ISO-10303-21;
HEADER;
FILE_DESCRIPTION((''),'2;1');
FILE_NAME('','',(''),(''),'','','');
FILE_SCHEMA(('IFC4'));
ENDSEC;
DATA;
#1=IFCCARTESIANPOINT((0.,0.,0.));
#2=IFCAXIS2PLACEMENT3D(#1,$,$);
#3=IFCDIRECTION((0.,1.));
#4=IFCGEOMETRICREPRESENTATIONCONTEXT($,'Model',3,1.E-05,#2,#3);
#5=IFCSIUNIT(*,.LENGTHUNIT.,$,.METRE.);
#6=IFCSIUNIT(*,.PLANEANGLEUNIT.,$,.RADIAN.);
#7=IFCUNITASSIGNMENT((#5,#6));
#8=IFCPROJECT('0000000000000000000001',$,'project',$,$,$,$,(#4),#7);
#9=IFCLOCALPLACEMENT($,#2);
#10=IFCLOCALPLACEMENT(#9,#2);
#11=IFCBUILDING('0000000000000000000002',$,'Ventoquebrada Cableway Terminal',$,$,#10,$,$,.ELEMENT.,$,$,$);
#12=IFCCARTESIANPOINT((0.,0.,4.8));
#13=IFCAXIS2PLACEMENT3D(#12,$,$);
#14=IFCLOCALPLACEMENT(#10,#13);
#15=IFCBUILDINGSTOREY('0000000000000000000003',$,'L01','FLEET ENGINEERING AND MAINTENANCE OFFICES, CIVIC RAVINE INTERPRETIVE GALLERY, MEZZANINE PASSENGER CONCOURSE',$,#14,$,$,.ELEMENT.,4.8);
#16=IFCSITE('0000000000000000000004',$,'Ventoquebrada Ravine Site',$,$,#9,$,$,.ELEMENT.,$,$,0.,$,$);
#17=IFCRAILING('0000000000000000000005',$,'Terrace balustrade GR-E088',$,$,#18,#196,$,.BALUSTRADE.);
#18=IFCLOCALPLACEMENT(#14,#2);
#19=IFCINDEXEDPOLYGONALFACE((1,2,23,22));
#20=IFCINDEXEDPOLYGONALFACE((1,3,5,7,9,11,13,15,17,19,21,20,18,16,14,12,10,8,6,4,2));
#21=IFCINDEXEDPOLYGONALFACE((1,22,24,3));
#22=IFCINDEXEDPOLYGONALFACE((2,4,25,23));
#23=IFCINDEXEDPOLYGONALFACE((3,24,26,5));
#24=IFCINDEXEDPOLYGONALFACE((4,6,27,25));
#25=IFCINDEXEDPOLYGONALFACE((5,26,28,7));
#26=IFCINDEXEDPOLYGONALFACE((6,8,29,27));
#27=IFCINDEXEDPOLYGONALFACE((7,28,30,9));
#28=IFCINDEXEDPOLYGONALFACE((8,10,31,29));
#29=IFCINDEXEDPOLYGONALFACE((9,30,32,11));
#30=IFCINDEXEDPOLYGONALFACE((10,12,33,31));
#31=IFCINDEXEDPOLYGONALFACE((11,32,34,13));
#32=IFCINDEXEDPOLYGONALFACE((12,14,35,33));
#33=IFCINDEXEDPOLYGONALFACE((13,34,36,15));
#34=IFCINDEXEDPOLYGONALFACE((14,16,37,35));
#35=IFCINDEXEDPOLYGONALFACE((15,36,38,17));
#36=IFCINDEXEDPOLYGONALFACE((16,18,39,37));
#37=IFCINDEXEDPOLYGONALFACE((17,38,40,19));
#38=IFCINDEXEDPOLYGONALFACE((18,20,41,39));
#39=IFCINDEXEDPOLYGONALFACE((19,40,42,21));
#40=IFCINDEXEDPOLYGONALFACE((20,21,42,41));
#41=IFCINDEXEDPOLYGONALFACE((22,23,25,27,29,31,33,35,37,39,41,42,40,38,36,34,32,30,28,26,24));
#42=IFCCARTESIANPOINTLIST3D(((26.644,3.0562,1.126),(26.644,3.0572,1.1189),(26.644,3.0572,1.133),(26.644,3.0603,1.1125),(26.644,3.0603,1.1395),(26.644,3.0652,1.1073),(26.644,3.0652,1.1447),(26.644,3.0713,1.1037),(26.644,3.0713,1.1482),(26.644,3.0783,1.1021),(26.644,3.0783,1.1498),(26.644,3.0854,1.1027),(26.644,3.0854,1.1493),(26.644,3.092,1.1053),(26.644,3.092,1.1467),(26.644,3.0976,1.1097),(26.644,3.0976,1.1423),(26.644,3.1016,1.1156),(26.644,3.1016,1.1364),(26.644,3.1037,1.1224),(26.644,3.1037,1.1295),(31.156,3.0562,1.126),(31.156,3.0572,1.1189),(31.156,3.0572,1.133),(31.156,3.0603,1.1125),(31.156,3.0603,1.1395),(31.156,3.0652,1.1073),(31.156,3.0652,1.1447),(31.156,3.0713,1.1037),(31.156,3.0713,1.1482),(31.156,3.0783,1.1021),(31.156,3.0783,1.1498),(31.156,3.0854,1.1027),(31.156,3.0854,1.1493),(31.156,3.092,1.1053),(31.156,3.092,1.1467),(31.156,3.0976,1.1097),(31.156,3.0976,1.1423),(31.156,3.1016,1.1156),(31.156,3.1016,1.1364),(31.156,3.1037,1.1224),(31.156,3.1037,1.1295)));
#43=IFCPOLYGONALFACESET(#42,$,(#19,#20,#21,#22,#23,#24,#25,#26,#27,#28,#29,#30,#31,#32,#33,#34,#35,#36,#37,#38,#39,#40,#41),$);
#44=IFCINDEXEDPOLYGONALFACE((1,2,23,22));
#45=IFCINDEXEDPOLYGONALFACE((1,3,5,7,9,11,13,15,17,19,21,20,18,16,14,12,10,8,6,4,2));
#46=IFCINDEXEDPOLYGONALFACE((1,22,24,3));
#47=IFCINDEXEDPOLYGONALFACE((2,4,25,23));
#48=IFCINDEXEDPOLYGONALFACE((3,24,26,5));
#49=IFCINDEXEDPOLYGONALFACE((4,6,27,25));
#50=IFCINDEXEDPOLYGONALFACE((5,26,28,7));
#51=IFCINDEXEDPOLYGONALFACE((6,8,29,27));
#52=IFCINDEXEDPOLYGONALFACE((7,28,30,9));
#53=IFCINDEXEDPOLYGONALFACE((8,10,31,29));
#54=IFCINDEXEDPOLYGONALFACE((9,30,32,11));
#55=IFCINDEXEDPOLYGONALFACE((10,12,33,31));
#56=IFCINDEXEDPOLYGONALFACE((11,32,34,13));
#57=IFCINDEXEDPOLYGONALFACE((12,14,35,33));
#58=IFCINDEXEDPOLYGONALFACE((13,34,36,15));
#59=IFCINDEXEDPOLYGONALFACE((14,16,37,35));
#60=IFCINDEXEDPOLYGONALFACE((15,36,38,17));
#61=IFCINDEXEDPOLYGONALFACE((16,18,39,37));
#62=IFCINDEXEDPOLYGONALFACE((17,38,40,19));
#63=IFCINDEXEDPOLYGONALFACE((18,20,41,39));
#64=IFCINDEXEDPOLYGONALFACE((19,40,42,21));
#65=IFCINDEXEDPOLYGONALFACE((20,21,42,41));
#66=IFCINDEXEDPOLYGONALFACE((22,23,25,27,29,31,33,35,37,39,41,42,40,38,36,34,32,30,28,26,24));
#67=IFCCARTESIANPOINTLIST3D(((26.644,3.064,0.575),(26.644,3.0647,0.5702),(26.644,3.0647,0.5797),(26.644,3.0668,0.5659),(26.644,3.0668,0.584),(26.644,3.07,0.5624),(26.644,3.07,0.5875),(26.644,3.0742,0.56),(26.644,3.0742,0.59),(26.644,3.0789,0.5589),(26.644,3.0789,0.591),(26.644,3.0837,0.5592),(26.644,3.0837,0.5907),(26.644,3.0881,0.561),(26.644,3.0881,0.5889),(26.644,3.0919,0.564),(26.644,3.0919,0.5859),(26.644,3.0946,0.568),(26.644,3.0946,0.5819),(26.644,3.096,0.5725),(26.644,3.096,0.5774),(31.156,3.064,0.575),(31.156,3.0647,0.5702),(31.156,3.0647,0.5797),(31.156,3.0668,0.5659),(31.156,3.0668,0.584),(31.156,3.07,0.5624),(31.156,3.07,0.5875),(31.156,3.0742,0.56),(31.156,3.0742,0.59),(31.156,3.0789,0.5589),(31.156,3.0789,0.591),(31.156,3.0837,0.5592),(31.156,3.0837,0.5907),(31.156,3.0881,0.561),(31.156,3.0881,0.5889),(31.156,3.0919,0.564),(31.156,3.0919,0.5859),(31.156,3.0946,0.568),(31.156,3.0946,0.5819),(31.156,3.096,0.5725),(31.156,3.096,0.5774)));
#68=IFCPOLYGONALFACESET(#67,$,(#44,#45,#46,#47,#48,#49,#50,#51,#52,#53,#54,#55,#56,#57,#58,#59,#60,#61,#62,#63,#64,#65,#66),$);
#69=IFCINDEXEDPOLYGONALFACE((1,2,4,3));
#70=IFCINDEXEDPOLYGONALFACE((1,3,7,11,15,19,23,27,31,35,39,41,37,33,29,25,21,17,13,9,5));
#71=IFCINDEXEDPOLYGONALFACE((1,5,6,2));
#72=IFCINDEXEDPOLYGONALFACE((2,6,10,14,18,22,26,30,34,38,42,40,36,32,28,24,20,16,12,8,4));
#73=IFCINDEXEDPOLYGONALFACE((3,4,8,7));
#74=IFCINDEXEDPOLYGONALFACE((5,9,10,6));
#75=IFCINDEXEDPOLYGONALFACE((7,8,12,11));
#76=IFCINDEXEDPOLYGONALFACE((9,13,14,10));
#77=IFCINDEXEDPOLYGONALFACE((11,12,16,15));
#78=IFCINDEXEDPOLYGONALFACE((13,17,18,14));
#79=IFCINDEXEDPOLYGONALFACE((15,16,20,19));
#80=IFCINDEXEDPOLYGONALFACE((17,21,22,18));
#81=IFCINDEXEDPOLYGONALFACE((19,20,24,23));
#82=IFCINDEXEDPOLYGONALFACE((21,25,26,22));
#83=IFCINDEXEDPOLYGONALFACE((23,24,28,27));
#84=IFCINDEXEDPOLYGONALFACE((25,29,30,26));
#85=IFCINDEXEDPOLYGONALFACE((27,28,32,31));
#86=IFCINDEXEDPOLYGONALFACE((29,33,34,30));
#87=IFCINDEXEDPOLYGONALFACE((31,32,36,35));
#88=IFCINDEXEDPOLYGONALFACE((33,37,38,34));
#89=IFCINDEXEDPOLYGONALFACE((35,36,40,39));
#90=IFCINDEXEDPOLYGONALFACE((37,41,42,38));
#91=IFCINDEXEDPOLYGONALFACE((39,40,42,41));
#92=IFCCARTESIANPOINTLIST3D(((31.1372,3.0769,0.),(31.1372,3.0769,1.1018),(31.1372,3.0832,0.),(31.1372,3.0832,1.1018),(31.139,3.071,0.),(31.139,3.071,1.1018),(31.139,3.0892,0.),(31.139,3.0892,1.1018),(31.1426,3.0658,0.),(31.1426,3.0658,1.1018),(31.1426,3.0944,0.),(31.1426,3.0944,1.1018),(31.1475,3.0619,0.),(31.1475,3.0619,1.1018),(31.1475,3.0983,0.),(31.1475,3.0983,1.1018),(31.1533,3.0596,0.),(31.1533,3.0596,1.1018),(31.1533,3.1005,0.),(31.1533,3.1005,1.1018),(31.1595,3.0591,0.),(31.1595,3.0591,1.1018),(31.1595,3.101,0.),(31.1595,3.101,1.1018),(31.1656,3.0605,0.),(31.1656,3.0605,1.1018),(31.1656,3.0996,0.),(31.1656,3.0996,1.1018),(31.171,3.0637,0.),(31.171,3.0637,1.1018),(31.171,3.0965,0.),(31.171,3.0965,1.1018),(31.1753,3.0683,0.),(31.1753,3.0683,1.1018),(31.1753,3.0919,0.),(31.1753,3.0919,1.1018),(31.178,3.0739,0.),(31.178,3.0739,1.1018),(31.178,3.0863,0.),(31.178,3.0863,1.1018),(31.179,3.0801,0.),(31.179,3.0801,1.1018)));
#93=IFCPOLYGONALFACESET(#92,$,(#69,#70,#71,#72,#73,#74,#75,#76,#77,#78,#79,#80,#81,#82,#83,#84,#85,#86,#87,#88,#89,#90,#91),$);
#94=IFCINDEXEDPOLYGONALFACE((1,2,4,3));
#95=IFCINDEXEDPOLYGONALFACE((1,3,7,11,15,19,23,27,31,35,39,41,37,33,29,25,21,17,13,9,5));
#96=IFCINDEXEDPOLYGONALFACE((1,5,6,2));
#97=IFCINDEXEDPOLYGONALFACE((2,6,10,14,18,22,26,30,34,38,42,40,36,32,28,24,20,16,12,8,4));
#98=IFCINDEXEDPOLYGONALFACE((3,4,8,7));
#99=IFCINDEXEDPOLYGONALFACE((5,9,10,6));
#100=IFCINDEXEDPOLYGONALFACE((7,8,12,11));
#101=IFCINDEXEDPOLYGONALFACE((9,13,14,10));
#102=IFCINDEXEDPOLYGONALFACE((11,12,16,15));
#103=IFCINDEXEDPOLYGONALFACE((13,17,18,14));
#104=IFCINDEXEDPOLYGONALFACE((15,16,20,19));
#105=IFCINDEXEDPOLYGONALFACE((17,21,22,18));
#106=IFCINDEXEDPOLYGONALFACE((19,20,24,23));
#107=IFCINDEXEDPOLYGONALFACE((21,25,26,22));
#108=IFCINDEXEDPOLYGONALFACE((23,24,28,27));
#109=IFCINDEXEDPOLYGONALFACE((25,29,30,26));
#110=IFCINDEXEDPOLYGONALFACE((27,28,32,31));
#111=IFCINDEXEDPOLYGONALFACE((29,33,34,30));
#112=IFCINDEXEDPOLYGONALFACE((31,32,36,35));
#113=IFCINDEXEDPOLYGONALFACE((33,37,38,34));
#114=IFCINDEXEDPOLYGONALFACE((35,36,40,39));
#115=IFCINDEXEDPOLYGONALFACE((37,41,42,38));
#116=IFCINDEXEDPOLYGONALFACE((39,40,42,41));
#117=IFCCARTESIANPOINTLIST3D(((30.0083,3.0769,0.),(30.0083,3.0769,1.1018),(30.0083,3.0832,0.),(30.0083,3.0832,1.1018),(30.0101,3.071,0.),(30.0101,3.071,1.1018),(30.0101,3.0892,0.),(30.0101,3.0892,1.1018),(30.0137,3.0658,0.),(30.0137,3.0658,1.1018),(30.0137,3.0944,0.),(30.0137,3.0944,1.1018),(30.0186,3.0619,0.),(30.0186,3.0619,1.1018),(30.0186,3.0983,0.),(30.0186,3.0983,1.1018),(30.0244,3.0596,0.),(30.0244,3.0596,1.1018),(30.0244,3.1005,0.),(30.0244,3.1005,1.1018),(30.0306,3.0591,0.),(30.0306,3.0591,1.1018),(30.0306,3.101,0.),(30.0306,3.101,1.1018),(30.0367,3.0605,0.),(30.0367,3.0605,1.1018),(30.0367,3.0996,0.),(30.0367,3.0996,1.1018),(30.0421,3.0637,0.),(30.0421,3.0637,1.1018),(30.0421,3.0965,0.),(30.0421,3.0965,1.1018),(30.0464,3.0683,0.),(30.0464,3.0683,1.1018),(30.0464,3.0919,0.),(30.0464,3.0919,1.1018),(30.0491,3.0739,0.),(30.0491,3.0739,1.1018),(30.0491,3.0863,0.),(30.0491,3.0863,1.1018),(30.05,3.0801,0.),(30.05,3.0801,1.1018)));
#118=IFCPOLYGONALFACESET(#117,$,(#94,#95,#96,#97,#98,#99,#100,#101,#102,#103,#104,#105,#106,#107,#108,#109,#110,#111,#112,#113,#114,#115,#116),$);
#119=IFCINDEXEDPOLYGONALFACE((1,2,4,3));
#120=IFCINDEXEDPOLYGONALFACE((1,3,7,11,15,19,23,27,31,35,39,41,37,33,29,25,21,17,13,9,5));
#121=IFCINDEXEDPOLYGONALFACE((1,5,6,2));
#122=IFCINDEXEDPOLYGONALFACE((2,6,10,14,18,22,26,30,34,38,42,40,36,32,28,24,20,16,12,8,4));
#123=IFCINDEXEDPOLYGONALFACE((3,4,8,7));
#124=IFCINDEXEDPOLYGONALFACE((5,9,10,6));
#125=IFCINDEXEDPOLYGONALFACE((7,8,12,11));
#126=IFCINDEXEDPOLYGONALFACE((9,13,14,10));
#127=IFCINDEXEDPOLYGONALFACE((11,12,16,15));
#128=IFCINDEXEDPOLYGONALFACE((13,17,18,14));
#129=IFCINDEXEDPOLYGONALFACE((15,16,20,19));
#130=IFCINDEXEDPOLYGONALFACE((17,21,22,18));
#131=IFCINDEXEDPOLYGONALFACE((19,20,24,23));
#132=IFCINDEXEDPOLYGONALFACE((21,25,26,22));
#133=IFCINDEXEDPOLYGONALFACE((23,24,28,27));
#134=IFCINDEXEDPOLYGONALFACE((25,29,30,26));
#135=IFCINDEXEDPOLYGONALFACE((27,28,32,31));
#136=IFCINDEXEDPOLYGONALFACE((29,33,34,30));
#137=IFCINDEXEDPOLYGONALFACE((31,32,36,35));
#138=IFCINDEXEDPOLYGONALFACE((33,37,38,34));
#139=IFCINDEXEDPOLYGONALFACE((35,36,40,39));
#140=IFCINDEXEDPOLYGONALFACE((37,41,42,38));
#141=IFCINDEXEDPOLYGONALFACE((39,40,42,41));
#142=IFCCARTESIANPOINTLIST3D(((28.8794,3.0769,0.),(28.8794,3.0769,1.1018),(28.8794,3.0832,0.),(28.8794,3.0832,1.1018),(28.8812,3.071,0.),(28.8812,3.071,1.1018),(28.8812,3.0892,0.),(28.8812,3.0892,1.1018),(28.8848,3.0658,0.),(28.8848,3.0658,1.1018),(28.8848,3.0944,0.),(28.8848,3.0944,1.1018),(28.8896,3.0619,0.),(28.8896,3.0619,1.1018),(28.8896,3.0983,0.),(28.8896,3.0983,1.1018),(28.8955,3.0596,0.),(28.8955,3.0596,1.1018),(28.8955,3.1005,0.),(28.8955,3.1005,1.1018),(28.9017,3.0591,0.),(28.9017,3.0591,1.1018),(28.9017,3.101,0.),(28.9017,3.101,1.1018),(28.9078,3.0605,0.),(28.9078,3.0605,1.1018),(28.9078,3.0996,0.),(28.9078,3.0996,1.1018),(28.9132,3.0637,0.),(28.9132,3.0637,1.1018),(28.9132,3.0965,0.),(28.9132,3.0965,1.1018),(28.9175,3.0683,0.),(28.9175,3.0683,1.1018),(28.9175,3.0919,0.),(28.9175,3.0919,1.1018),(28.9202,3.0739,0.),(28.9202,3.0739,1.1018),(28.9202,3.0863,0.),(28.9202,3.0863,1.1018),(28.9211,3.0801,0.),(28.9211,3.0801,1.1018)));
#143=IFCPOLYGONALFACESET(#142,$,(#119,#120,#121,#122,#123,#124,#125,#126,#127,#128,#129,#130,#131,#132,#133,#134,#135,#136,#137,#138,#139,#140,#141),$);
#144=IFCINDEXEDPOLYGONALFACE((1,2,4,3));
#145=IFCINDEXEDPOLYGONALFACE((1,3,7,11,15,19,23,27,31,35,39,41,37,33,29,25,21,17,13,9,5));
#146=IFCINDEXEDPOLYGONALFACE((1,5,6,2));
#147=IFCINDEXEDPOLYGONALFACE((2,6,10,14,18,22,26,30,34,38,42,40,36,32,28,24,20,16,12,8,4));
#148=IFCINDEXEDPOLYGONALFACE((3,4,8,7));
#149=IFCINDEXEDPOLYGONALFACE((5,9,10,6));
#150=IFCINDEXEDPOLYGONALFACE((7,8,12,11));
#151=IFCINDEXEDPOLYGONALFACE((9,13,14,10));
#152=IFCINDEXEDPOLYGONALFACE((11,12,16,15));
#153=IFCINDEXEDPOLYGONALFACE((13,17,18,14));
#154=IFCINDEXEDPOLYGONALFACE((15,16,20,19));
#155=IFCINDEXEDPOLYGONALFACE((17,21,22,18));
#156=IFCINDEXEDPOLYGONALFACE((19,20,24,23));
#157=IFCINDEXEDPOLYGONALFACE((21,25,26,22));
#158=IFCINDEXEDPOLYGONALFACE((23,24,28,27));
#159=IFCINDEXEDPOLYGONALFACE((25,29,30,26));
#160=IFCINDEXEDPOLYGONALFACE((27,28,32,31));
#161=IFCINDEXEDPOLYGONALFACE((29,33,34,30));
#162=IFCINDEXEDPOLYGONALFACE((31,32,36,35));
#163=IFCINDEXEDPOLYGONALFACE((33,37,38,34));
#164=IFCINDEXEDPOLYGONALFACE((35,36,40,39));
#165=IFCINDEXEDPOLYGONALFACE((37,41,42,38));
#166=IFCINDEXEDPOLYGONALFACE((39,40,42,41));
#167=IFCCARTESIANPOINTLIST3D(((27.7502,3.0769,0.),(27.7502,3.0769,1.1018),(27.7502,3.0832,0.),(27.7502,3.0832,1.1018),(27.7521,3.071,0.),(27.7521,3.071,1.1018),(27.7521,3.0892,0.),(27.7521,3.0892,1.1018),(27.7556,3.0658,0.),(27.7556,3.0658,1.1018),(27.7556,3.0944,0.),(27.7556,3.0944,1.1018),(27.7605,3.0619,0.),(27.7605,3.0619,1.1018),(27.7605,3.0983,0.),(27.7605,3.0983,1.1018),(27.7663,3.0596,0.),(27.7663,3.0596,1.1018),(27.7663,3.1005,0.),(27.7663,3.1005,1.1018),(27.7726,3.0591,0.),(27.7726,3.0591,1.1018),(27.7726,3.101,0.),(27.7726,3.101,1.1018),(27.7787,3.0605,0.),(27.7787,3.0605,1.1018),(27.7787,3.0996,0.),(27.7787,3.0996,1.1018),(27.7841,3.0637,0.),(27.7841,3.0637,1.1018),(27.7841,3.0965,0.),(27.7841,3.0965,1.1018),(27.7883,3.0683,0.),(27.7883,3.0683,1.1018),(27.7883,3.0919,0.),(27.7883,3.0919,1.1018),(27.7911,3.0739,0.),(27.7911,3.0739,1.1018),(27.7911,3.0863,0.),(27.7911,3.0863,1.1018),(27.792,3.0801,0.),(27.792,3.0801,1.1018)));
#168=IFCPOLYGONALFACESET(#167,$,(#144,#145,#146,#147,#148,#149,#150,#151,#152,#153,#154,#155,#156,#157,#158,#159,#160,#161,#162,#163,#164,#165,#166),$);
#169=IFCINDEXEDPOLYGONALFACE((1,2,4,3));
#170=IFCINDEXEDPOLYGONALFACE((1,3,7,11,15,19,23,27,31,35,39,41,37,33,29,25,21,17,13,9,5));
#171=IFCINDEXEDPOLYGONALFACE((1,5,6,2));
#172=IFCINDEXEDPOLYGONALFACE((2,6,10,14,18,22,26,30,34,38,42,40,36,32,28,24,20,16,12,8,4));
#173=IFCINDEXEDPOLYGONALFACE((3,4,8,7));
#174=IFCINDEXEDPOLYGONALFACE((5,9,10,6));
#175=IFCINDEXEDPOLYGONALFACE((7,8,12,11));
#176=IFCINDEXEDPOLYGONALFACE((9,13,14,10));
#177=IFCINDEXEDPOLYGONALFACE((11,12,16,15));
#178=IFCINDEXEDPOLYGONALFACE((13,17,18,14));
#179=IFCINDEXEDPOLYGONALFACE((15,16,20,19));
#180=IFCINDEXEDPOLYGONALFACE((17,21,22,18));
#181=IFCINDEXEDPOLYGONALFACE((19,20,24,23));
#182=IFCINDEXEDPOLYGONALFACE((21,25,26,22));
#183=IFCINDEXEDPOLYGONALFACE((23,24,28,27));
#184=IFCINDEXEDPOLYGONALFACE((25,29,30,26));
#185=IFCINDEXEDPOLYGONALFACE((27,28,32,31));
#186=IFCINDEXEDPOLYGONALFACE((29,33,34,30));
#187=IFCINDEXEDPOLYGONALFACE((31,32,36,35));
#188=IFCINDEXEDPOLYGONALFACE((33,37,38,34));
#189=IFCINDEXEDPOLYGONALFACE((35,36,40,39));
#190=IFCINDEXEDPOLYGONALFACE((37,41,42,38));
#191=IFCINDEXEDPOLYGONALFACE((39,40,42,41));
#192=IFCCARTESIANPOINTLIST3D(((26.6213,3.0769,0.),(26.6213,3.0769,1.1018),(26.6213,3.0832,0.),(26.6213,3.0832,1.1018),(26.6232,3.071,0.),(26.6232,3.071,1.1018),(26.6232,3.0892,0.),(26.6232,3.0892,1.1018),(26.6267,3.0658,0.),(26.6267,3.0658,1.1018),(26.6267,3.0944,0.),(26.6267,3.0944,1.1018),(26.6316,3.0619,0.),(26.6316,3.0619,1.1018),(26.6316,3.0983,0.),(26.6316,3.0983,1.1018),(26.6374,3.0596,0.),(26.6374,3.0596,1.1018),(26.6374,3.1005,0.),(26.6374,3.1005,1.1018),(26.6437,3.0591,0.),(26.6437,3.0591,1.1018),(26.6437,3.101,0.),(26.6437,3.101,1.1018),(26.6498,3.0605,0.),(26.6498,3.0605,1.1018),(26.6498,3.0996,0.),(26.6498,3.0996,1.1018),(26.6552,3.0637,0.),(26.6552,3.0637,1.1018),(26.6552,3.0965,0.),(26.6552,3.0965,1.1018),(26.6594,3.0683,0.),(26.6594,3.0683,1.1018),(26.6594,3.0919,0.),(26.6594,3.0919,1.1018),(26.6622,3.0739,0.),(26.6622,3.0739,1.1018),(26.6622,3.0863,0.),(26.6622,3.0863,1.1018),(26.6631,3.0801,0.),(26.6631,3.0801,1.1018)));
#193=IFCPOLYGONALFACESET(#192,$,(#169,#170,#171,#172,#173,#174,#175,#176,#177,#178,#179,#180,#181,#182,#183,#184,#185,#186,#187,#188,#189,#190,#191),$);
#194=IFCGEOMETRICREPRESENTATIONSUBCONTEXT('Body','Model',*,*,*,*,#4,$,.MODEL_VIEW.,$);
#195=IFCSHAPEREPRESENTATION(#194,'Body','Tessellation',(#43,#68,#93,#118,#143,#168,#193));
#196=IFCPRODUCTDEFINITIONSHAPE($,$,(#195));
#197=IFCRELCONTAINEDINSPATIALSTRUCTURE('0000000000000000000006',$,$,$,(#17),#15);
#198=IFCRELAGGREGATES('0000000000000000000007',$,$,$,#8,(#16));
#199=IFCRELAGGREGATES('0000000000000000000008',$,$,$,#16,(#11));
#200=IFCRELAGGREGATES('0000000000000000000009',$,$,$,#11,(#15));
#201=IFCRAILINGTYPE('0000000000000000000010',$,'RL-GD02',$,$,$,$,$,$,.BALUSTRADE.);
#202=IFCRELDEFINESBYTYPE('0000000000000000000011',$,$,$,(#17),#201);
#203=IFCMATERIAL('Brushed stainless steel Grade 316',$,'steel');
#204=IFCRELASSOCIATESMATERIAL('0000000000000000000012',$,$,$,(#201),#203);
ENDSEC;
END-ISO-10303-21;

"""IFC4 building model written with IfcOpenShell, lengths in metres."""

from ifc_helpers import new_model, si_unit, direction, frame, origin, origin_2d, place, context, subcontext, project, spatial, circle, extrude, material, type_object, element, save


model = new_model("IFC4")

# Units and contexts
model_context = context("Model", 3, precision=1e-05, world=origin(), true_north=direction((0.0, 1.0)))
body_context = subcontext(model_context, "Body", "Model", "MODEL_VIEW")
ifc_project = project(units=[si_unit("LENGTHUNIT", "METRE"), si_unit("PLANEANGLEUNIT", "RADIAN")], contexts=[model_context])

# Site, building, storey
site_placement = place(None, origin())
site = spatial("IfcSite", under=ifc_project, at=site_placement, Name="Ventoquebrada Ravine Site", CompositionType="ELEMENT", RefElevation=0.0)
building_placement = place(site_placement, origin())
building = spatial("IfcBuilding", under=site, at=building_placement, Name="Ventoquebrada Cableway Terminal", CompositionType="ELEMENT")
storey_placement = place(building_placement, frame((0.0, 0.0, 4.8)))
storey = spatial("IfcBuildingStorey", under=building, at=storey_placement, Name="L01", Description="FLEET ENGINEERING AND MAINTENANCE OFFICES, CIVIC RAVINE INTERPRETIVE GALLERY, MEZZANINE PASSENGER CONCOURSE", CompositionType="ELEMENT", Elevation=4.8)

# Railing
ifc_material_1 = material(Name="Brushed stainless steel Grade 316", Category="steel")
railing_type = type_object("IfcRailingType", Name="RL-GD02", PredefinedType="BALUSTRADE", material=ifc_material_1)
railing_placement = place(storey_placement, frame((31.158, 3.0801, 0.0)))
element("IfcRailing", 1, at=railing_placement, inside=storey, type_object=railing_type, Name="Terrace balustrade GR-E088", PredefinedType="BALUSTRADE", context=body_context, shape_type="SweptSolid", body=[
    extrude(circle(Radius=0.0239, at=origin_2d()), frame((-0.002, 0.0, 1.126), z_axis=(-1.0, 0.0, 0.0), x_axis=(0.0, -1.0, 0.0)), (0.0, 0.0, 1.0), 4.512),
    extrude(circle(Radius=0.0161, at=origin_2d()), frame((-0.002, 0.0, 0.575), z_axis=(-1.0, 0.0, 0.0), x_axis=(0.0, -1.0, 0.0)), (0.0, 0.0, 1.0), 4.512),
    extrude(circle(Radius=0.021, at=origin_2d()), origin(), (0.0, 0.0, 1.0), 1.1018),
    extrude(circle(Radius=0.021, at=origin_2d()), frame((-1.1289, 0.0, 0.0)), (0.0, 0.0, 1.0), 1.1018),
    extrude(circle(Radius=0.021, at=origin_2d()), frame((-2.2578, 0.0, 0.0)), (0.0, 0.0, 1.0), 1.1018),
    extrude(circle(Radius=0.021, at=origin_2d()), frame((-3.387, 0.0, 0.0)), (0.0, 0.0, 1.0), 1.1018),
    extrude(circle(Radius=0.021, at=origin_2d()), frame((-4.5159, 0.0, 0.0)), (0.0, 0.0, 1.0), 1.1018),
])

save(model, "model.ifc")
